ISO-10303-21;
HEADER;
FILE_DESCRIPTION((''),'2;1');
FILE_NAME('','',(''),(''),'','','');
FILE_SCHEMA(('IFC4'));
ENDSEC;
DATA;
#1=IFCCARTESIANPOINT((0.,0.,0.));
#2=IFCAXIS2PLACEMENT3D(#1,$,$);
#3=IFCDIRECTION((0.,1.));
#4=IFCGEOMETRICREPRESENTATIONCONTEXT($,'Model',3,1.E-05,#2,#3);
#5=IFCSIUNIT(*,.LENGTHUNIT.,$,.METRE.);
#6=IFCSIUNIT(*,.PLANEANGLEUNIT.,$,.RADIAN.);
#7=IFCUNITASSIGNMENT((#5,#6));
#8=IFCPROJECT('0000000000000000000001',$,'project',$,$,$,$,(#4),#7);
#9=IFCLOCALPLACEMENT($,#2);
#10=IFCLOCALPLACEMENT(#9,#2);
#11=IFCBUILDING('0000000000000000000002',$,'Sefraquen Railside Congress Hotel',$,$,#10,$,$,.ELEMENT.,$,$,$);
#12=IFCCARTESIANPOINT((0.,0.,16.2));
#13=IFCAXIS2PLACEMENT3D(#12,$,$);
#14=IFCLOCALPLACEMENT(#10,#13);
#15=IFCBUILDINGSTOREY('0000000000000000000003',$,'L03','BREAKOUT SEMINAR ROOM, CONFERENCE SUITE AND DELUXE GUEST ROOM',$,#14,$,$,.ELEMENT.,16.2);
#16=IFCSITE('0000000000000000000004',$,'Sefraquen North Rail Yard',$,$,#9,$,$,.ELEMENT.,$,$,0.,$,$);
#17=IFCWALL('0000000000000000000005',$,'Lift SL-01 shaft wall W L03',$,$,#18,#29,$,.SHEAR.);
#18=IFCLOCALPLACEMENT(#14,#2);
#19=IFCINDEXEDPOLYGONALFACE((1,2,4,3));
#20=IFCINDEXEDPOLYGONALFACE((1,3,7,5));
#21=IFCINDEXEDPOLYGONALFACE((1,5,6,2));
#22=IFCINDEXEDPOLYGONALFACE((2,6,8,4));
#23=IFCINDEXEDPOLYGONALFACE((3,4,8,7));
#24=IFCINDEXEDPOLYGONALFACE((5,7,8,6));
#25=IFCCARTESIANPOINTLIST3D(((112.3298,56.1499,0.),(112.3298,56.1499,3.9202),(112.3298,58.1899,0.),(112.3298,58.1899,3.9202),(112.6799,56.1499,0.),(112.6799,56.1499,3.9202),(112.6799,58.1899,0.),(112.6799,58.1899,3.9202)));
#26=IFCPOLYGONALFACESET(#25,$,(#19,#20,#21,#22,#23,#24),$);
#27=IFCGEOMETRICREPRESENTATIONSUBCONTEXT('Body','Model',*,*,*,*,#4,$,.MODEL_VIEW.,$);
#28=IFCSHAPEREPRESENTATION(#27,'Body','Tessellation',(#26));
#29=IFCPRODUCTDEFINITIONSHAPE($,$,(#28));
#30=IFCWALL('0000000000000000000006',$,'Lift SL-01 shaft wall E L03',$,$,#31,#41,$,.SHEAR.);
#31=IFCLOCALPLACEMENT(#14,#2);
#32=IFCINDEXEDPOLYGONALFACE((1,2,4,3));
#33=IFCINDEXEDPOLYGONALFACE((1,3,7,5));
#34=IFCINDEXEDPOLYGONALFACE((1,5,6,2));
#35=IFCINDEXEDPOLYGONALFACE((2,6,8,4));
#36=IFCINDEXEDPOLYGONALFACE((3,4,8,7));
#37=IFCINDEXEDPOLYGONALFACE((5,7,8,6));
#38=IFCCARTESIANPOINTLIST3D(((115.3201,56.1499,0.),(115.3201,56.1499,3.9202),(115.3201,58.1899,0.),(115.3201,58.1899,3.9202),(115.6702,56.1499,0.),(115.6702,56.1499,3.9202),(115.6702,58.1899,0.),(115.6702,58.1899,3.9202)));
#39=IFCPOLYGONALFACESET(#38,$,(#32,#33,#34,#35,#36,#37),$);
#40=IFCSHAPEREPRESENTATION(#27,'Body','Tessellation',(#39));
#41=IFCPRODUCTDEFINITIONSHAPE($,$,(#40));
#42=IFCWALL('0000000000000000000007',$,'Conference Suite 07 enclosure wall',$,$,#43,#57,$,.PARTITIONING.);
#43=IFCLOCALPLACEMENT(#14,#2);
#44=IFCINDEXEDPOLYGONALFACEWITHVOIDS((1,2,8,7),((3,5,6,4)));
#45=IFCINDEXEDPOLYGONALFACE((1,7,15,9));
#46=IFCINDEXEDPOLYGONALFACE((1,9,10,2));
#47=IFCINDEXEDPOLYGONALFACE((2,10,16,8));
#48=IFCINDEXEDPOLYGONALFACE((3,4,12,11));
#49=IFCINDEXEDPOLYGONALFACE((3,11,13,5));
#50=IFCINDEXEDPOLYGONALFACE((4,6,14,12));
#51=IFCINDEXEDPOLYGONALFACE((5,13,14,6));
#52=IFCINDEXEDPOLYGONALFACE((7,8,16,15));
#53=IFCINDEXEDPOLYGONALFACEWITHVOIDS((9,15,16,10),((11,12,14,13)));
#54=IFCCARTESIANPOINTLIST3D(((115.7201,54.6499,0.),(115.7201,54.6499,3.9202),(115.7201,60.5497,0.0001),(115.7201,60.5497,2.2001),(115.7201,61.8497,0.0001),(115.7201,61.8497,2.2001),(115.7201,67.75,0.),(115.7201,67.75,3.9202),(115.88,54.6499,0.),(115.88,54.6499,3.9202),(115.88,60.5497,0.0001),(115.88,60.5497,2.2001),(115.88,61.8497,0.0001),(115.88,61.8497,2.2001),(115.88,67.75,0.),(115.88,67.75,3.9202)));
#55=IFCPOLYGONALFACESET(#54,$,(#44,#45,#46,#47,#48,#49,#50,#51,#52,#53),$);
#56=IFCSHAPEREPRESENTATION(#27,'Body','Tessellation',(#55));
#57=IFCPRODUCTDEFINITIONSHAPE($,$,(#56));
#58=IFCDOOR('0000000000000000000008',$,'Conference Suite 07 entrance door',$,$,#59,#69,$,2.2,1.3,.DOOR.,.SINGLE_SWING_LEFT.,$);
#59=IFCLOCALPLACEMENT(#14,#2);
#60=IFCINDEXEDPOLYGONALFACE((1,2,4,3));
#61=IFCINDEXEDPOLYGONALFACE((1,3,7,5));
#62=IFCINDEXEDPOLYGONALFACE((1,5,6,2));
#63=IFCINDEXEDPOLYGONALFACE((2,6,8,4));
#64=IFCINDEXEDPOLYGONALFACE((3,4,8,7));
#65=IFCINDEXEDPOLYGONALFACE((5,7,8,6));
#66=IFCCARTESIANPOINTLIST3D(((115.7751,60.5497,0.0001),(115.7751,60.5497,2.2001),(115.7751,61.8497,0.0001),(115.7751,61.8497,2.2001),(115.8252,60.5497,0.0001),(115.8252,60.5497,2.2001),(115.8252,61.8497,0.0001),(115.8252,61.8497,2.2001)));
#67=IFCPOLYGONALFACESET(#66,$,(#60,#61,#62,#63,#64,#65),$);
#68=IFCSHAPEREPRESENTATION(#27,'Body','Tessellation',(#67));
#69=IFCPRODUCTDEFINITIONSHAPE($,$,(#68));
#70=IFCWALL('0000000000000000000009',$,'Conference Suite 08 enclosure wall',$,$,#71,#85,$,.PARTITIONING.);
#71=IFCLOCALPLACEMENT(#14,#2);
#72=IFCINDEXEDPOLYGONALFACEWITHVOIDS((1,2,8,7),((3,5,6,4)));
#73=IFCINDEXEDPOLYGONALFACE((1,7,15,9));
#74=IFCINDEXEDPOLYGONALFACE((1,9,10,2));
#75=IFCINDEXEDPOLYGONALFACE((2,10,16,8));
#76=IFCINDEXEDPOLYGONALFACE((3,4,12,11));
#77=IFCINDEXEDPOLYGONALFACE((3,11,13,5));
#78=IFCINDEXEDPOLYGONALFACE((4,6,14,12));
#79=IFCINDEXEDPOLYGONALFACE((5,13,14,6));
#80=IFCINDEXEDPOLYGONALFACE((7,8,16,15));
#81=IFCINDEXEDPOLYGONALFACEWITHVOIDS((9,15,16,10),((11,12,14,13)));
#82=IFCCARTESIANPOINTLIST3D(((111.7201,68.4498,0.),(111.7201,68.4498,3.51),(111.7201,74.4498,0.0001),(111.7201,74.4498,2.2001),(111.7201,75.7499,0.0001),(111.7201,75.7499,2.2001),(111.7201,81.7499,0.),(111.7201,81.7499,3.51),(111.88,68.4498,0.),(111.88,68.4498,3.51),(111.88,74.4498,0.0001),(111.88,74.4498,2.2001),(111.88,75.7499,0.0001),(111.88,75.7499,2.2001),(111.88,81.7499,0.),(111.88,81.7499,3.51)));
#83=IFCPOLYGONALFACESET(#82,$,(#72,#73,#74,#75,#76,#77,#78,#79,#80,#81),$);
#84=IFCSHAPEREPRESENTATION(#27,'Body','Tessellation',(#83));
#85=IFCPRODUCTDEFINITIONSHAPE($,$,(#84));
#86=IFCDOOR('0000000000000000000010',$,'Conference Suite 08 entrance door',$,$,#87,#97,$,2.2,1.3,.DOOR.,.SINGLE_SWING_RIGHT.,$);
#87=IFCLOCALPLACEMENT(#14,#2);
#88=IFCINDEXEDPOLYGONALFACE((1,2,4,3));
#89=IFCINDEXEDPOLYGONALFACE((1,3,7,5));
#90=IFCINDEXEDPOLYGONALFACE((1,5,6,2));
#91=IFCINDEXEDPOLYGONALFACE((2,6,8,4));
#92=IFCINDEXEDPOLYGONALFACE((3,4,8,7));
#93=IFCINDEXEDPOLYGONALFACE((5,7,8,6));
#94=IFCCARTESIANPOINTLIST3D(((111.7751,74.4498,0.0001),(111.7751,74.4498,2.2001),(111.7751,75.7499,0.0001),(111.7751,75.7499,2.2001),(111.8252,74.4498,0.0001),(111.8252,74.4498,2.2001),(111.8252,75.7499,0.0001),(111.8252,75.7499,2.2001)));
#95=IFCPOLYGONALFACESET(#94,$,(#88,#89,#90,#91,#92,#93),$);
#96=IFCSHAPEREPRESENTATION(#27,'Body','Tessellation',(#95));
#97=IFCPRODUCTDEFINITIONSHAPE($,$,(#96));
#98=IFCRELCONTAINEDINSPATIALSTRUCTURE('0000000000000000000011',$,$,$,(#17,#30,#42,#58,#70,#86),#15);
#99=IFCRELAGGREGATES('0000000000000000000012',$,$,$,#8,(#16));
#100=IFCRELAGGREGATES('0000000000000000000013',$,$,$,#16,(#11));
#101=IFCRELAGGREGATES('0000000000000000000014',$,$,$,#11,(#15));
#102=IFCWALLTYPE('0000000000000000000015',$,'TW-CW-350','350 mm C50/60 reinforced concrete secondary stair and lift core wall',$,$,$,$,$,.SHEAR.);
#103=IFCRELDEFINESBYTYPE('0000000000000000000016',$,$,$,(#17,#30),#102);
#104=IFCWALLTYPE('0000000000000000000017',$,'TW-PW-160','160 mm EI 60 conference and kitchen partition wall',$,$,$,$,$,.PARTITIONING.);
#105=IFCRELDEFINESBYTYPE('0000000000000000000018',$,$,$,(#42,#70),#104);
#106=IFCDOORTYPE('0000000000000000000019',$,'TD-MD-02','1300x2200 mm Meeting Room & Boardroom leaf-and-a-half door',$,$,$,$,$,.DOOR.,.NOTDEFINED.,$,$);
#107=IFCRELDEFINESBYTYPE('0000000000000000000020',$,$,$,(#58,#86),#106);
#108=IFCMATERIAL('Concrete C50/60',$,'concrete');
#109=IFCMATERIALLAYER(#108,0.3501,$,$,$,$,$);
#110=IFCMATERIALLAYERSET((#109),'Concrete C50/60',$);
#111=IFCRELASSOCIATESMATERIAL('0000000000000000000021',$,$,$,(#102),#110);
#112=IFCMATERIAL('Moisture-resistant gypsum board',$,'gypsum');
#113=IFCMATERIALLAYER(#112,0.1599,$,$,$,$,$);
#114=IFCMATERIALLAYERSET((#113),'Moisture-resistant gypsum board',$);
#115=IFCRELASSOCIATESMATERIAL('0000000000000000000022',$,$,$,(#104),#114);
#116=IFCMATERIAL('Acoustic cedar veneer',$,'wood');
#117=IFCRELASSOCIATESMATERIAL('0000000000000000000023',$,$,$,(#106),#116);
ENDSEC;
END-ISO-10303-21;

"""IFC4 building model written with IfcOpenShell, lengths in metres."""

from ifc_helpers import new_model, si_unit, direction, frame, frame_2d, origin, place, context, subcontext, project, spatial, rectangle, extrude, material, layer, layer_set, type_object, element, fill, save


model = new_model("IFC4")

# Units and contexts
model_context = context("Model", 3, precision=1e-05, world=origin(), true_north=direction((0.0, 1.0)))
body_context = subcontext(model_context, "Body", "Model", "MODEL_VIEW")
ifc_project = project(units=[si_unit("LENGTHUNIT", "METRE"), si_unit("PLANEANGLEUNIT", "RADIAN")], contexts=[model_context])

# Site, building, storey
site_placement = place(None, origin())
site = spatial("IfcSite", under=ifc_project, at=site_placement, Name="Sefraquen North Rail Yard", CompositionType="ELEMENT", RefElevation=0.0)
building_placement = place(site_placement, origin())
building = spatial("IfcBuilding", under=site, at=building_placement, Name="Sefraquen Railside Congress Hotel", CompositionType="ELEMENT")
storey_placement = place(building_placement, frame((0.0, 0.0, 16.2)))
storey = spatial("IfcBuildingStorey", under=building, at=storey_placement, Name="L03", Description="BREAKOUT SEMINAR ROOM, CONFERENCE SUITE AND DELUXE GUEST ROOM", CompositionType="ELEMENT", Elevation=16.2)

# Shared definitions
ifc_material_1 = material(Name="Concrete C50/60", Category="concrete")
ifc_layer_1 = layer(ifc_material_1, 0.3501)
ifc_layer_set_1 = layer_set([ifc_layer_1], Name="Concrete C50/60")
wall_type_1 = type_object("IfcWallType", Name="TW-CW-350", Description="350 mm C50/60 reinforced concrete secondary stair and lift core wall", PredefinedType="SHEAR", material=ifc_layer_set_1)

# Walls
for number, where, z_axis, x_axis, name in (
    (1, (112.5049, 56.1499, 0.0), (0.0, 0.0, 1.0), (0.0, 1.0, 0.0), "Lift SL-01 shaft wall W L03"),
    (2, (115.4951, 56.1499, 0.0), (0.0, 0.0, 1.0), (0.0, 1.0, 0.0), "Lift SL-01 shaft wall E L03"),
):
    element("IfcWall", number, at=place(storey_placement, frame(where, z_axis=z_axis, x_axis=x_axis)), inside=storey, type_object=wall_type_1, Name=name, PredefinedType="SHEAR", context=body_context, shape_type="SweptSolid", body=[
        extrude(rectangle(XDim=2.04, YDim=0.3501, at=frame_2d((1.02, 0.0))), origin(), (0.0, 0.0, 1.0), 3.9202),
    ])

# Walls, openings, doors
ifc_material_2 = material(Name="Moisture-resistant gypsum board", Category="gypsum")
ifc_layer_2 = layer(ifc_material_2, 0.1599)
ifc_layer_set_2 = layer_set([ifc_layer_2], Name="Moisture-resistant gypsum board")
wall_type_2 = type_object("IfcWallType", Name="TW-PW-160", Description="160 mm EI 60 conference and kitchen partition wall", PredefinedType="PARTITIONING", material=ifc_layer_set_2)
wall_1_placement = place(storey_placement, frame((115.8, 54.6499, 0.0), z_axis=(0.0, 0.0, 1.0), x_axis=(0.0, 1.0, 0.0)))
wall_1 = element("IfcWall", 3, at=wall_1_placement, inside=storey, type_object=wall_type_2, Name="Conference Suite 07 enclosure wall", PredefinedType="PARTITIONING", context=body_context, shape_type="SweptSolid", body=[
    extrude(rectangle(XDim=13.1001, YDim=0.1599, at=frame_2d((6.55, 0.0))), origin(), (0.0, 0.0, 1.0), 3.9202),
])
opening_1_placement = place(wall_1_placement, frame((5.8999, 0.0, 0.0)))
opening_1 = element("IfcOpeningElement", 4, at=opening_1_placement, cuts=wall_1, PredefinedType="OPENING", context=body_context, shape_type="SweptSolid", body=[
    extrude(rectangle(XDim=1.3, YDim=2.2, at=frame_2d((0.6499, 1.1001))), frame((0.0, 0.0898, 0.0), z_axis=(0.0, -1.0, 0.0), x_axis=(1.0, 0.0, 0.0)), (0.0, 0.0, 1.0), 0.1799),
])
ifc_material_3 = material(Name="Acoustic cedar veneer", Category="wood")
door_type_1 = type_object("IfcDoorType", Name="TD-MD-02", Description="1300x2200 mm Meeting Room & Boardroom leaf-and-a-half door", OperationType="NOTDEFINED", PredefinedType="DOOR", material=ifc_material_3)
door_1_placement = place(opening_1_placement, origin())
door_1 = element("IfcDoor", 5, at=door_1_placement, inside=storey, type_object=door_type_1, Name="Conference Suite 07 entrance door", OperationType="SINGLE_SWING_LEFT", OverallHeight=2.2, OverallWidth=1.3, PredefinedType="DOOR", context=body_context, shape_type="SweptSolid", body=[
    extrude(rectangle(XDim=1.3, YDim=2.2, at=frame_2d((0.6499, 1.1001))), frame((0.0, 0.0249, 0.0), z_axis=(0.0, -1.0, 0.0), x_axis=(1.0, 0.0, 0.0)), (0.0, 0.0, 1.0), 0.05),
])
fill(opening_1, door_1)
wall_2_placement = place(storey_placement, frame((111.8, 68.45, 0.0), z_axis=(0.0, 0.0, 1.0), x_axis=(0.0, 1.0, 0.0)))
wall_2 = element("IfcWall", 6, at=wall_2_placement, inside=storey, type_object=wall_type_2, Name="Conference Suite 08 enclosure wall", PredefinedType="PARTITIONING", context=body_context, shape_type="SweptSolid", body=[
    extrude(rectangle(XDim=13.3, YDim=0.1599, at=frame_2d((6.6499, 0.0))), origin(), (0.0, 0.0, 1.0), 3.51),
])
opening_2_placement = place(wall_2_placement, frame((6.0, 0.0, 0.0)))
opening_2 = element("IfcOpeningElement", 7, at=opening_2_placement, cuts=wall_2, PredefinedType="OPENING", context=body_context, shape_type="SweptSolid", body=[
    extrude(rectangle(XDim=1.3, YDim=2.2, at=frame_2d((0.6499, 1.1001))), frame((0.0, 0.0898, 0.0), z_axis=(0.0, -1.0, 0.0), x_axis=(1.0, 0.0, 0.0)), (0.0, 0.0, 1.0), 0.1799),
])
door_2_placement = place(opening_2_placement, origin())
door_2 = element("IfcDoor", 8, at=door_2_placement, inside=storey, type_object=door_type_1, Name="Conference Suite 08 entrance door", OperationType="SINGLE_SWING_RIGHT", OverallHeight=2.2, OverallWidth=1.3, PredefinedType="DOOR", context=body_context, shape_type="SweptSolid", body=[
    extrude(rectangle(XDim=1.3, YDim=2.2, at=frame_2d((0.6499, 1.1001))), frame((0.0, 0.0249, 0.0), z_axis=(0.0, -1.0, 0.0), x_axis=(1.0, 0.0, 0.0)), (0.0, 0.0, 1.0), 0.05),
])
fill(opening_2, door_2)

save(model, "model.ifc")
